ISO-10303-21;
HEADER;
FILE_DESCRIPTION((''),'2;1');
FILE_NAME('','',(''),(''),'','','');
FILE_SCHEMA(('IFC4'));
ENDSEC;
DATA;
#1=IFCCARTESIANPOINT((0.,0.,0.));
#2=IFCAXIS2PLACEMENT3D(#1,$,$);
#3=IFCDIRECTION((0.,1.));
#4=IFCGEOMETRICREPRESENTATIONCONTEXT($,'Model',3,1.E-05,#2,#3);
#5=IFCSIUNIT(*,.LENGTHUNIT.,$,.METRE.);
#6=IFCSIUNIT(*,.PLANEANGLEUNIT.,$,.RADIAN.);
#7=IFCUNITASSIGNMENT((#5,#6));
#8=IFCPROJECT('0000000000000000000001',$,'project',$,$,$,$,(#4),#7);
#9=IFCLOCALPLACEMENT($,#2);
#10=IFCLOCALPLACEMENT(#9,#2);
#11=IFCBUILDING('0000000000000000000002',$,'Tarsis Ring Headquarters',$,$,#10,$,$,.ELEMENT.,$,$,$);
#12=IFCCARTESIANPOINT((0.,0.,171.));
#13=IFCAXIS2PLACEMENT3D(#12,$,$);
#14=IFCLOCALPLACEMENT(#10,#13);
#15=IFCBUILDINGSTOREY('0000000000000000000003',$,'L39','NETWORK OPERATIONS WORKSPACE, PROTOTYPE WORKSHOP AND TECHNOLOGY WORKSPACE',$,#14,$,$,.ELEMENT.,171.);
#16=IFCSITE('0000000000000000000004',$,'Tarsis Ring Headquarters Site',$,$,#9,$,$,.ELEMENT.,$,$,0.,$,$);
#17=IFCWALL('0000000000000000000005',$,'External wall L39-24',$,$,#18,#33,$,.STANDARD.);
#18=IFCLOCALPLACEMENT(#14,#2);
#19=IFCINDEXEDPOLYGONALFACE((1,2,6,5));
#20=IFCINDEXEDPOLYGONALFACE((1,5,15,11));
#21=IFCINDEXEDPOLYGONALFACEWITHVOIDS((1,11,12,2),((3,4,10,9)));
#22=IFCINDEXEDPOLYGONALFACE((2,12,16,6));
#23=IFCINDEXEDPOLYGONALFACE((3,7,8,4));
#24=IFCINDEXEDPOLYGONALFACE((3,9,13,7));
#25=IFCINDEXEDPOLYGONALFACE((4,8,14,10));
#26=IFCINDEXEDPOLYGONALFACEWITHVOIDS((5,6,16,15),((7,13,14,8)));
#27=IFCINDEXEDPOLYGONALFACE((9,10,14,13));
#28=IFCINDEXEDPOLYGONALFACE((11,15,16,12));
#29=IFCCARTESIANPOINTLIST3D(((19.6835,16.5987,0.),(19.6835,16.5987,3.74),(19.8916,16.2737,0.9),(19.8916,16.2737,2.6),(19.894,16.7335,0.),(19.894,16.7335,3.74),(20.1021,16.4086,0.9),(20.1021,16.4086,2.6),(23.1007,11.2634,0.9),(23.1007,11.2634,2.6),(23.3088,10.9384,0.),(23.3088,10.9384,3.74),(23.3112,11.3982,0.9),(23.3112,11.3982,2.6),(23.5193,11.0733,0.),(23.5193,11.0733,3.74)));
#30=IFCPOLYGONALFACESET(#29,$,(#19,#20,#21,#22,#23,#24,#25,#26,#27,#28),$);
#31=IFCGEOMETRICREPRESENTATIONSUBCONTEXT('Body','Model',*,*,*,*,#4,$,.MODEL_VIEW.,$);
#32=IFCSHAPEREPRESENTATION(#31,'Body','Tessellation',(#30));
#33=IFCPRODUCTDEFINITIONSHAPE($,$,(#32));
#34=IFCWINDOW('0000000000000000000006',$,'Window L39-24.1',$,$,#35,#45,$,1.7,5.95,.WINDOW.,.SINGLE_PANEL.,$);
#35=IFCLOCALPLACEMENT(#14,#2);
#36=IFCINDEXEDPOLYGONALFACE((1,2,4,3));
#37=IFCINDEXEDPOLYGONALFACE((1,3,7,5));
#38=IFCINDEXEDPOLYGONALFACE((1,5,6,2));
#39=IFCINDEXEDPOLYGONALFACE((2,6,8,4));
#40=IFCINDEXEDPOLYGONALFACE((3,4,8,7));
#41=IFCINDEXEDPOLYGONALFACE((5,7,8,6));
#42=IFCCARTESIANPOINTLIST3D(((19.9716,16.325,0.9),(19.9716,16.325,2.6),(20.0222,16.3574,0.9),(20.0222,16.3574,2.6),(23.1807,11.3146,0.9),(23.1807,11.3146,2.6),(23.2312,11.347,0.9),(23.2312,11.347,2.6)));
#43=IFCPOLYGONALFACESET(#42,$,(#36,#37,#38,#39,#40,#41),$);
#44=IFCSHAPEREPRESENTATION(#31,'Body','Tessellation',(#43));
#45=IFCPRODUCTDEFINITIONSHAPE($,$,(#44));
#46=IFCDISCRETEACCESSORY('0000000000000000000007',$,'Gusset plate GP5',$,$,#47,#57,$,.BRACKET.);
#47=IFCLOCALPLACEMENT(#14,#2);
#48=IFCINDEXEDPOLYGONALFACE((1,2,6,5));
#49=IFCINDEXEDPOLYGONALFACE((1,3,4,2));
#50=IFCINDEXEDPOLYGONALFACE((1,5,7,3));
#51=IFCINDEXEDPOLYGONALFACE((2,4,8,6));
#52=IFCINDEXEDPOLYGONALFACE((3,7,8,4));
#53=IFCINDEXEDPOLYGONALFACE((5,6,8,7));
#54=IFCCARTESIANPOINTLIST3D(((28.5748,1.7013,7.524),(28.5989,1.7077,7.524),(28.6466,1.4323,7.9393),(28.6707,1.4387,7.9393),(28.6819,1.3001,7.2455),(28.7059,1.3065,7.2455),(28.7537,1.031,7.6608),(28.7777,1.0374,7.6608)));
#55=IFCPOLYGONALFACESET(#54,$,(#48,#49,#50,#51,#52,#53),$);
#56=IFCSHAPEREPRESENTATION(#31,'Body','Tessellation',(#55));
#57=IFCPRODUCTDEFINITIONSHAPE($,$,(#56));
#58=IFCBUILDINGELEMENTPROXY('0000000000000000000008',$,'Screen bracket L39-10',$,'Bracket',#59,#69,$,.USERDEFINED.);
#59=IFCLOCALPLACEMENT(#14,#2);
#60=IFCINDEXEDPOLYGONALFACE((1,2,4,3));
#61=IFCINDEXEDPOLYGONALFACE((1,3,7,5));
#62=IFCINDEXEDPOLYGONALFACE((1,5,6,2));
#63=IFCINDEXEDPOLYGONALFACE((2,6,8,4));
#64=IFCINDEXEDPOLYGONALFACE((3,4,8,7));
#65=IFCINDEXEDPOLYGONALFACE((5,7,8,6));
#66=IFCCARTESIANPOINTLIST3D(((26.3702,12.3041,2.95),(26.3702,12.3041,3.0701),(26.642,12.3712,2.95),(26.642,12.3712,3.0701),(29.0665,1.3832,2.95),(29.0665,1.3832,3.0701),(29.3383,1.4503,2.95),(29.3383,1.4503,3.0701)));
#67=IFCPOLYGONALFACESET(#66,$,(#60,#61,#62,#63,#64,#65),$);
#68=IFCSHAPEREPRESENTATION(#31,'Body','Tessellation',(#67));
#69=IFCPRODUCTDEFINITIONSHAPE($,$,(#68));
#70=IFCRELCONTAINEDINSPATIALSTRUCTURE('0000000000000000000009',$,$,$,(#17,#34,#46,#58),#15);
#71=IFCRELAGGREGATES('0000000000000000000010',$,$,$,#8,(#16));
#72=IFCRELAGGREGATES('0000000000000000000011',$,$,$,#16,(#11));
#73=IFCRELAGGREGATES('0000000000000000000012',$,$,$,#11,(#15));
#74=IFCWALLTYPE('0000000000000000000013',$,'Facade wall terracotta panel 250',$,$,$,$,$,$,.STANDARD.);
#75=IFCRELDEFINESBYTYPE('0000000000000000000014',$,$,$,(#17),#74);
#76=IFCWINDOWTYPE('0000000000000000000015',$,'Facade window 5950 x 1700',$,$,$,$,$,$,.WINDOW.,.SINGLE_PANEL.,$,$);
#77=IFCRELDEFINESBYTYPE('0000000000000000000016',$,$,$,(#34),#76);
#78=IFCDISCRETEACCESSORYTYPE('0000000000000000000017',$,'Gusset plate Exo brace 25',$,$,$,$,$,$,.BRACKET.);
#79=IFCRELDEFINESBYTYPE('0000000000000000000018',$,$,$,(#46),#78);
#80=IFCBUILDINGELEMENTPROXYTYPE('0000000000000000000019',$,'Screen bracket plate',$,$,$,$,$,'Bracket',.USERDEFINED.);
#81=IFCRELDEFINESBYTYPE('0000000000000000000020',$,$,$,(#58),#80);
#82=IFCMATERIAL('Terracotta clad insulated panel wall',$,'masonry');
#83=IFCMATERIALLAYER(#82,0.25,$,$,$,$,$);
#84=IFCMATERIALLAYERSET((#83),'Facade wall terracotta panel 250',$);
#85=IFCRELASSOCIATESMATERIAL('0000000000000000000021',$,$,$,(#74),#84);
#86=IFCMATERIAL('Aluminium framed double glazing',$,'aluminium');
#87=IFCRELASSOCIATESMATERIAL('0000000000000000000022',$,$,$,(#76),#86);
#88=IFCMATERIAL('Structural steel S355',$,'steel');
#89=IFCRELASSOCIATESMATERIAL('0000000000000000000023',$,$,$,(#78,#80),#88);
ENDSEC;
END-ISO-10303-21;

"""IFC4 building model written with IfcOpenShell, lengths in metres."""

from ifc_helpers import new_model, si_unit, direction, frame, frame_2d, origin, origin_2d, place, context, subcontext, project, spatial, rectangle, extrude, material, layer, layer_set, material_profile, profile_set, type_object, element, fill, save


model = new_model("IFC4")

# Units and contexts
model_context = context("Model", 3, precision=1e-05, world=origin(), true_north=direction((0.0, 1.0)))
body_context = subcontext(model_context, "Body", "Model", "MODEL_VIEW")
ifc_project = project(units=[si_unit("LENGTHUNIT", "METRE"), si_unit("PLANEANGLEUNIT", "RADIAN")], contexts=[model_context])

# Site, building, storey
site_placement = place(None, origin())
site = spatial("IfcSite", under=ifc_project, at=site_placement, Name="Tarsis Ring Headquarters Site", CompositionType="ELEMENT", RefElevation=0.0)
building_placement = place(site_placement, origin())
building = spatial("IfcBuilding", under=site, at=building_placement, Name="Tarsis Ring Headquarters", CompositionType="ELEMENT")
storey_placement = place(building_placement, frame((0.0, 0.0, 171.0)))
storey = spatial("IfcBuildingStorey", under=building, at=storey_placement, Name="L39", Description="NETWORK OPERATIONS WORKSPACE, PROTOTYPE WORKSHOP AND TECHNOLOGY WORKSPACE", CompositionType="ELEMENT", Elevation=171.0)

# Shared definitions
ifc_material_1 = material(Name="Structural steel S355", Category="steel")

# Wall, opening, window
ifc_material_2 = material(Name="Terracotta clad insulated panel wall", Category="masonry")
ifc_layer_1 = layer(ifc_material_2, 0.25)
ifc_layer_set_1 = layer_set([ifc_layer_1], Name="Facade wall terracotta panel 250")
wall_type_1 = type_object("IfcWallType", Name="Facade wall terracotta panel 250", PredefinedType="STANDARD", material=ifc_layer_set_1)
ifc_material_3 = material(Name="Aluminium framed double glazing", Category="aluminium")
window_type = type_object("IfcWindowType", Name="Facade window 5950 x 1700", PartitioningType="SINGLE_PANEL", PredefinedType="WINDOW", material=ifc_material_3)
wall_1_placement = place(storey_placement, frame((23.4141, 11.0059, 0.0), z_axis=(0.0, 0.0, 1.0), x_axis=(-0.539343, 0.842086, 0.0)))
wall_1 = element("IfcWall", 1, at=wall_1_placement, inside=storey, type_object=wall_type_1, Name="External wall L39-24", PredefinedType="STANDARD", context=body_context, shape_type="SweptSolid", body=[
    extrude(rectangle(XDim=6.7217, YDim=0.25, at=frame_2d((3.3608, 0.0))), origin(), (0.0, 0.0, 1.0), 3.74),
])
opening_1_placement = place(wall_1_placement, frame((0.3857, 0.0, 0.8999)))
opening_1 = element("IfcOpeningElement", 2, at=opening_1_placement, cuts=wall_1, PredefinedType="OPENING", context=body_context, shape_type="SweptSolid", body=[
    extrude(rectangle(XDim=5.95, YDim=1.7, at=frame_2d((2.9751, 0.8501))), frame((0.0, 0.135, 0.0), z_axis=(0.0, -1.0, 0.0), x_axis=(1.0, 0.0, 0.0)), (0.0, 0.0, 1.0), 0.27),
])
window_1_placement = place(opening_1_placement, origin())
window_1 = element("IfcWindow", 3, at=window_1_placement, inside=storey, type_object=window_type, Name="Window L39-24.1", OverallHeight=1.7, OverallWidth=5.95, PartitioningType="SINGLE_PANEL", PredefinedType="WINDOW", context=body_context, shape_type="SweptSolid", body=[
    extrude(rectangle(XDim=5.95, YDim=1.7, at=frame_2d((2.9751, 0.8501))), frame((0.0, 0.03, 0.0), z_axis=(0.0, -1.0, 0.0), x_axis=(1.0, 0.0, 0.0)), (0.0, 0.0, 1.0), 0.0601),
])
fill(opening_1, window_1)

# Discrete accessory
ifc_material_profile_1 = material_profile(ifc_material_1, rectangle(XDim=0.0249, YDim=0.5, at=origin_2d()), Name="PL 25x500")
ifc_profile_set_1 = profile_set([ifc_material_profile_1], Name="Structural steel S355")
discrete_accessory_type = type_object("IfcDiscreteAccessoryType", Name="Gusset plate Exo brace 25", PredefinedType="BRACKET", material=ifc_profile_set_1)
discrete_accessory_placement = place(storey_placement, frame((28.7122, 1.2349, 7.8), z_axis=(-0.143556, 0.53809, -0.830573), x_axis=(-0.966206, -0.257772, 0.0)))
element("IfcDiscreteAccessory", 4, at=discrete_accessory_placement, inside=storey, type_object=discrete_accessory_type, Name="Gusset plate GP5", PredefinedType="BRACKET", context=body_context, shape_type="SweptSolid", body=[
    extrude(rectangle(XDim=0.0249, YDim=0.5, at=origin_2d()), origin(), (0.0, 0.0, 1.0), 0.5),
])

# Building element proxy
building_element_proxy_type = type_object("IfcBuildingElementProxyType", Name="Screen bracket plate", ElementType="Bracket", PredefinedType="USERDEFINED", material=ifc_material_1)
proxy_placement = place(storey_placement, frame((27.8542, 6.8772, 2.95), z_axis=(0.0, 0.0, 1.0), x_axis=(-0.239699, 0.970847, 0.0)))
element("IfcBuildingElementProxy", 5, at=proxy_placement, inside=storey, type_object=building_element_proxy_type, Name="Screen bracket L39-10", ObjectType="Bracket", PredefinedType="USERDEFINED", context=body_context, shape_type="SweptSolid", body=[
    extrude(rectangle(XDim=11.2488, YDim=0.28, at=origin_2d()), origin(), (0.0, 0.0, 1.0), 0.1201),
])

save(model, "model.ifc")
